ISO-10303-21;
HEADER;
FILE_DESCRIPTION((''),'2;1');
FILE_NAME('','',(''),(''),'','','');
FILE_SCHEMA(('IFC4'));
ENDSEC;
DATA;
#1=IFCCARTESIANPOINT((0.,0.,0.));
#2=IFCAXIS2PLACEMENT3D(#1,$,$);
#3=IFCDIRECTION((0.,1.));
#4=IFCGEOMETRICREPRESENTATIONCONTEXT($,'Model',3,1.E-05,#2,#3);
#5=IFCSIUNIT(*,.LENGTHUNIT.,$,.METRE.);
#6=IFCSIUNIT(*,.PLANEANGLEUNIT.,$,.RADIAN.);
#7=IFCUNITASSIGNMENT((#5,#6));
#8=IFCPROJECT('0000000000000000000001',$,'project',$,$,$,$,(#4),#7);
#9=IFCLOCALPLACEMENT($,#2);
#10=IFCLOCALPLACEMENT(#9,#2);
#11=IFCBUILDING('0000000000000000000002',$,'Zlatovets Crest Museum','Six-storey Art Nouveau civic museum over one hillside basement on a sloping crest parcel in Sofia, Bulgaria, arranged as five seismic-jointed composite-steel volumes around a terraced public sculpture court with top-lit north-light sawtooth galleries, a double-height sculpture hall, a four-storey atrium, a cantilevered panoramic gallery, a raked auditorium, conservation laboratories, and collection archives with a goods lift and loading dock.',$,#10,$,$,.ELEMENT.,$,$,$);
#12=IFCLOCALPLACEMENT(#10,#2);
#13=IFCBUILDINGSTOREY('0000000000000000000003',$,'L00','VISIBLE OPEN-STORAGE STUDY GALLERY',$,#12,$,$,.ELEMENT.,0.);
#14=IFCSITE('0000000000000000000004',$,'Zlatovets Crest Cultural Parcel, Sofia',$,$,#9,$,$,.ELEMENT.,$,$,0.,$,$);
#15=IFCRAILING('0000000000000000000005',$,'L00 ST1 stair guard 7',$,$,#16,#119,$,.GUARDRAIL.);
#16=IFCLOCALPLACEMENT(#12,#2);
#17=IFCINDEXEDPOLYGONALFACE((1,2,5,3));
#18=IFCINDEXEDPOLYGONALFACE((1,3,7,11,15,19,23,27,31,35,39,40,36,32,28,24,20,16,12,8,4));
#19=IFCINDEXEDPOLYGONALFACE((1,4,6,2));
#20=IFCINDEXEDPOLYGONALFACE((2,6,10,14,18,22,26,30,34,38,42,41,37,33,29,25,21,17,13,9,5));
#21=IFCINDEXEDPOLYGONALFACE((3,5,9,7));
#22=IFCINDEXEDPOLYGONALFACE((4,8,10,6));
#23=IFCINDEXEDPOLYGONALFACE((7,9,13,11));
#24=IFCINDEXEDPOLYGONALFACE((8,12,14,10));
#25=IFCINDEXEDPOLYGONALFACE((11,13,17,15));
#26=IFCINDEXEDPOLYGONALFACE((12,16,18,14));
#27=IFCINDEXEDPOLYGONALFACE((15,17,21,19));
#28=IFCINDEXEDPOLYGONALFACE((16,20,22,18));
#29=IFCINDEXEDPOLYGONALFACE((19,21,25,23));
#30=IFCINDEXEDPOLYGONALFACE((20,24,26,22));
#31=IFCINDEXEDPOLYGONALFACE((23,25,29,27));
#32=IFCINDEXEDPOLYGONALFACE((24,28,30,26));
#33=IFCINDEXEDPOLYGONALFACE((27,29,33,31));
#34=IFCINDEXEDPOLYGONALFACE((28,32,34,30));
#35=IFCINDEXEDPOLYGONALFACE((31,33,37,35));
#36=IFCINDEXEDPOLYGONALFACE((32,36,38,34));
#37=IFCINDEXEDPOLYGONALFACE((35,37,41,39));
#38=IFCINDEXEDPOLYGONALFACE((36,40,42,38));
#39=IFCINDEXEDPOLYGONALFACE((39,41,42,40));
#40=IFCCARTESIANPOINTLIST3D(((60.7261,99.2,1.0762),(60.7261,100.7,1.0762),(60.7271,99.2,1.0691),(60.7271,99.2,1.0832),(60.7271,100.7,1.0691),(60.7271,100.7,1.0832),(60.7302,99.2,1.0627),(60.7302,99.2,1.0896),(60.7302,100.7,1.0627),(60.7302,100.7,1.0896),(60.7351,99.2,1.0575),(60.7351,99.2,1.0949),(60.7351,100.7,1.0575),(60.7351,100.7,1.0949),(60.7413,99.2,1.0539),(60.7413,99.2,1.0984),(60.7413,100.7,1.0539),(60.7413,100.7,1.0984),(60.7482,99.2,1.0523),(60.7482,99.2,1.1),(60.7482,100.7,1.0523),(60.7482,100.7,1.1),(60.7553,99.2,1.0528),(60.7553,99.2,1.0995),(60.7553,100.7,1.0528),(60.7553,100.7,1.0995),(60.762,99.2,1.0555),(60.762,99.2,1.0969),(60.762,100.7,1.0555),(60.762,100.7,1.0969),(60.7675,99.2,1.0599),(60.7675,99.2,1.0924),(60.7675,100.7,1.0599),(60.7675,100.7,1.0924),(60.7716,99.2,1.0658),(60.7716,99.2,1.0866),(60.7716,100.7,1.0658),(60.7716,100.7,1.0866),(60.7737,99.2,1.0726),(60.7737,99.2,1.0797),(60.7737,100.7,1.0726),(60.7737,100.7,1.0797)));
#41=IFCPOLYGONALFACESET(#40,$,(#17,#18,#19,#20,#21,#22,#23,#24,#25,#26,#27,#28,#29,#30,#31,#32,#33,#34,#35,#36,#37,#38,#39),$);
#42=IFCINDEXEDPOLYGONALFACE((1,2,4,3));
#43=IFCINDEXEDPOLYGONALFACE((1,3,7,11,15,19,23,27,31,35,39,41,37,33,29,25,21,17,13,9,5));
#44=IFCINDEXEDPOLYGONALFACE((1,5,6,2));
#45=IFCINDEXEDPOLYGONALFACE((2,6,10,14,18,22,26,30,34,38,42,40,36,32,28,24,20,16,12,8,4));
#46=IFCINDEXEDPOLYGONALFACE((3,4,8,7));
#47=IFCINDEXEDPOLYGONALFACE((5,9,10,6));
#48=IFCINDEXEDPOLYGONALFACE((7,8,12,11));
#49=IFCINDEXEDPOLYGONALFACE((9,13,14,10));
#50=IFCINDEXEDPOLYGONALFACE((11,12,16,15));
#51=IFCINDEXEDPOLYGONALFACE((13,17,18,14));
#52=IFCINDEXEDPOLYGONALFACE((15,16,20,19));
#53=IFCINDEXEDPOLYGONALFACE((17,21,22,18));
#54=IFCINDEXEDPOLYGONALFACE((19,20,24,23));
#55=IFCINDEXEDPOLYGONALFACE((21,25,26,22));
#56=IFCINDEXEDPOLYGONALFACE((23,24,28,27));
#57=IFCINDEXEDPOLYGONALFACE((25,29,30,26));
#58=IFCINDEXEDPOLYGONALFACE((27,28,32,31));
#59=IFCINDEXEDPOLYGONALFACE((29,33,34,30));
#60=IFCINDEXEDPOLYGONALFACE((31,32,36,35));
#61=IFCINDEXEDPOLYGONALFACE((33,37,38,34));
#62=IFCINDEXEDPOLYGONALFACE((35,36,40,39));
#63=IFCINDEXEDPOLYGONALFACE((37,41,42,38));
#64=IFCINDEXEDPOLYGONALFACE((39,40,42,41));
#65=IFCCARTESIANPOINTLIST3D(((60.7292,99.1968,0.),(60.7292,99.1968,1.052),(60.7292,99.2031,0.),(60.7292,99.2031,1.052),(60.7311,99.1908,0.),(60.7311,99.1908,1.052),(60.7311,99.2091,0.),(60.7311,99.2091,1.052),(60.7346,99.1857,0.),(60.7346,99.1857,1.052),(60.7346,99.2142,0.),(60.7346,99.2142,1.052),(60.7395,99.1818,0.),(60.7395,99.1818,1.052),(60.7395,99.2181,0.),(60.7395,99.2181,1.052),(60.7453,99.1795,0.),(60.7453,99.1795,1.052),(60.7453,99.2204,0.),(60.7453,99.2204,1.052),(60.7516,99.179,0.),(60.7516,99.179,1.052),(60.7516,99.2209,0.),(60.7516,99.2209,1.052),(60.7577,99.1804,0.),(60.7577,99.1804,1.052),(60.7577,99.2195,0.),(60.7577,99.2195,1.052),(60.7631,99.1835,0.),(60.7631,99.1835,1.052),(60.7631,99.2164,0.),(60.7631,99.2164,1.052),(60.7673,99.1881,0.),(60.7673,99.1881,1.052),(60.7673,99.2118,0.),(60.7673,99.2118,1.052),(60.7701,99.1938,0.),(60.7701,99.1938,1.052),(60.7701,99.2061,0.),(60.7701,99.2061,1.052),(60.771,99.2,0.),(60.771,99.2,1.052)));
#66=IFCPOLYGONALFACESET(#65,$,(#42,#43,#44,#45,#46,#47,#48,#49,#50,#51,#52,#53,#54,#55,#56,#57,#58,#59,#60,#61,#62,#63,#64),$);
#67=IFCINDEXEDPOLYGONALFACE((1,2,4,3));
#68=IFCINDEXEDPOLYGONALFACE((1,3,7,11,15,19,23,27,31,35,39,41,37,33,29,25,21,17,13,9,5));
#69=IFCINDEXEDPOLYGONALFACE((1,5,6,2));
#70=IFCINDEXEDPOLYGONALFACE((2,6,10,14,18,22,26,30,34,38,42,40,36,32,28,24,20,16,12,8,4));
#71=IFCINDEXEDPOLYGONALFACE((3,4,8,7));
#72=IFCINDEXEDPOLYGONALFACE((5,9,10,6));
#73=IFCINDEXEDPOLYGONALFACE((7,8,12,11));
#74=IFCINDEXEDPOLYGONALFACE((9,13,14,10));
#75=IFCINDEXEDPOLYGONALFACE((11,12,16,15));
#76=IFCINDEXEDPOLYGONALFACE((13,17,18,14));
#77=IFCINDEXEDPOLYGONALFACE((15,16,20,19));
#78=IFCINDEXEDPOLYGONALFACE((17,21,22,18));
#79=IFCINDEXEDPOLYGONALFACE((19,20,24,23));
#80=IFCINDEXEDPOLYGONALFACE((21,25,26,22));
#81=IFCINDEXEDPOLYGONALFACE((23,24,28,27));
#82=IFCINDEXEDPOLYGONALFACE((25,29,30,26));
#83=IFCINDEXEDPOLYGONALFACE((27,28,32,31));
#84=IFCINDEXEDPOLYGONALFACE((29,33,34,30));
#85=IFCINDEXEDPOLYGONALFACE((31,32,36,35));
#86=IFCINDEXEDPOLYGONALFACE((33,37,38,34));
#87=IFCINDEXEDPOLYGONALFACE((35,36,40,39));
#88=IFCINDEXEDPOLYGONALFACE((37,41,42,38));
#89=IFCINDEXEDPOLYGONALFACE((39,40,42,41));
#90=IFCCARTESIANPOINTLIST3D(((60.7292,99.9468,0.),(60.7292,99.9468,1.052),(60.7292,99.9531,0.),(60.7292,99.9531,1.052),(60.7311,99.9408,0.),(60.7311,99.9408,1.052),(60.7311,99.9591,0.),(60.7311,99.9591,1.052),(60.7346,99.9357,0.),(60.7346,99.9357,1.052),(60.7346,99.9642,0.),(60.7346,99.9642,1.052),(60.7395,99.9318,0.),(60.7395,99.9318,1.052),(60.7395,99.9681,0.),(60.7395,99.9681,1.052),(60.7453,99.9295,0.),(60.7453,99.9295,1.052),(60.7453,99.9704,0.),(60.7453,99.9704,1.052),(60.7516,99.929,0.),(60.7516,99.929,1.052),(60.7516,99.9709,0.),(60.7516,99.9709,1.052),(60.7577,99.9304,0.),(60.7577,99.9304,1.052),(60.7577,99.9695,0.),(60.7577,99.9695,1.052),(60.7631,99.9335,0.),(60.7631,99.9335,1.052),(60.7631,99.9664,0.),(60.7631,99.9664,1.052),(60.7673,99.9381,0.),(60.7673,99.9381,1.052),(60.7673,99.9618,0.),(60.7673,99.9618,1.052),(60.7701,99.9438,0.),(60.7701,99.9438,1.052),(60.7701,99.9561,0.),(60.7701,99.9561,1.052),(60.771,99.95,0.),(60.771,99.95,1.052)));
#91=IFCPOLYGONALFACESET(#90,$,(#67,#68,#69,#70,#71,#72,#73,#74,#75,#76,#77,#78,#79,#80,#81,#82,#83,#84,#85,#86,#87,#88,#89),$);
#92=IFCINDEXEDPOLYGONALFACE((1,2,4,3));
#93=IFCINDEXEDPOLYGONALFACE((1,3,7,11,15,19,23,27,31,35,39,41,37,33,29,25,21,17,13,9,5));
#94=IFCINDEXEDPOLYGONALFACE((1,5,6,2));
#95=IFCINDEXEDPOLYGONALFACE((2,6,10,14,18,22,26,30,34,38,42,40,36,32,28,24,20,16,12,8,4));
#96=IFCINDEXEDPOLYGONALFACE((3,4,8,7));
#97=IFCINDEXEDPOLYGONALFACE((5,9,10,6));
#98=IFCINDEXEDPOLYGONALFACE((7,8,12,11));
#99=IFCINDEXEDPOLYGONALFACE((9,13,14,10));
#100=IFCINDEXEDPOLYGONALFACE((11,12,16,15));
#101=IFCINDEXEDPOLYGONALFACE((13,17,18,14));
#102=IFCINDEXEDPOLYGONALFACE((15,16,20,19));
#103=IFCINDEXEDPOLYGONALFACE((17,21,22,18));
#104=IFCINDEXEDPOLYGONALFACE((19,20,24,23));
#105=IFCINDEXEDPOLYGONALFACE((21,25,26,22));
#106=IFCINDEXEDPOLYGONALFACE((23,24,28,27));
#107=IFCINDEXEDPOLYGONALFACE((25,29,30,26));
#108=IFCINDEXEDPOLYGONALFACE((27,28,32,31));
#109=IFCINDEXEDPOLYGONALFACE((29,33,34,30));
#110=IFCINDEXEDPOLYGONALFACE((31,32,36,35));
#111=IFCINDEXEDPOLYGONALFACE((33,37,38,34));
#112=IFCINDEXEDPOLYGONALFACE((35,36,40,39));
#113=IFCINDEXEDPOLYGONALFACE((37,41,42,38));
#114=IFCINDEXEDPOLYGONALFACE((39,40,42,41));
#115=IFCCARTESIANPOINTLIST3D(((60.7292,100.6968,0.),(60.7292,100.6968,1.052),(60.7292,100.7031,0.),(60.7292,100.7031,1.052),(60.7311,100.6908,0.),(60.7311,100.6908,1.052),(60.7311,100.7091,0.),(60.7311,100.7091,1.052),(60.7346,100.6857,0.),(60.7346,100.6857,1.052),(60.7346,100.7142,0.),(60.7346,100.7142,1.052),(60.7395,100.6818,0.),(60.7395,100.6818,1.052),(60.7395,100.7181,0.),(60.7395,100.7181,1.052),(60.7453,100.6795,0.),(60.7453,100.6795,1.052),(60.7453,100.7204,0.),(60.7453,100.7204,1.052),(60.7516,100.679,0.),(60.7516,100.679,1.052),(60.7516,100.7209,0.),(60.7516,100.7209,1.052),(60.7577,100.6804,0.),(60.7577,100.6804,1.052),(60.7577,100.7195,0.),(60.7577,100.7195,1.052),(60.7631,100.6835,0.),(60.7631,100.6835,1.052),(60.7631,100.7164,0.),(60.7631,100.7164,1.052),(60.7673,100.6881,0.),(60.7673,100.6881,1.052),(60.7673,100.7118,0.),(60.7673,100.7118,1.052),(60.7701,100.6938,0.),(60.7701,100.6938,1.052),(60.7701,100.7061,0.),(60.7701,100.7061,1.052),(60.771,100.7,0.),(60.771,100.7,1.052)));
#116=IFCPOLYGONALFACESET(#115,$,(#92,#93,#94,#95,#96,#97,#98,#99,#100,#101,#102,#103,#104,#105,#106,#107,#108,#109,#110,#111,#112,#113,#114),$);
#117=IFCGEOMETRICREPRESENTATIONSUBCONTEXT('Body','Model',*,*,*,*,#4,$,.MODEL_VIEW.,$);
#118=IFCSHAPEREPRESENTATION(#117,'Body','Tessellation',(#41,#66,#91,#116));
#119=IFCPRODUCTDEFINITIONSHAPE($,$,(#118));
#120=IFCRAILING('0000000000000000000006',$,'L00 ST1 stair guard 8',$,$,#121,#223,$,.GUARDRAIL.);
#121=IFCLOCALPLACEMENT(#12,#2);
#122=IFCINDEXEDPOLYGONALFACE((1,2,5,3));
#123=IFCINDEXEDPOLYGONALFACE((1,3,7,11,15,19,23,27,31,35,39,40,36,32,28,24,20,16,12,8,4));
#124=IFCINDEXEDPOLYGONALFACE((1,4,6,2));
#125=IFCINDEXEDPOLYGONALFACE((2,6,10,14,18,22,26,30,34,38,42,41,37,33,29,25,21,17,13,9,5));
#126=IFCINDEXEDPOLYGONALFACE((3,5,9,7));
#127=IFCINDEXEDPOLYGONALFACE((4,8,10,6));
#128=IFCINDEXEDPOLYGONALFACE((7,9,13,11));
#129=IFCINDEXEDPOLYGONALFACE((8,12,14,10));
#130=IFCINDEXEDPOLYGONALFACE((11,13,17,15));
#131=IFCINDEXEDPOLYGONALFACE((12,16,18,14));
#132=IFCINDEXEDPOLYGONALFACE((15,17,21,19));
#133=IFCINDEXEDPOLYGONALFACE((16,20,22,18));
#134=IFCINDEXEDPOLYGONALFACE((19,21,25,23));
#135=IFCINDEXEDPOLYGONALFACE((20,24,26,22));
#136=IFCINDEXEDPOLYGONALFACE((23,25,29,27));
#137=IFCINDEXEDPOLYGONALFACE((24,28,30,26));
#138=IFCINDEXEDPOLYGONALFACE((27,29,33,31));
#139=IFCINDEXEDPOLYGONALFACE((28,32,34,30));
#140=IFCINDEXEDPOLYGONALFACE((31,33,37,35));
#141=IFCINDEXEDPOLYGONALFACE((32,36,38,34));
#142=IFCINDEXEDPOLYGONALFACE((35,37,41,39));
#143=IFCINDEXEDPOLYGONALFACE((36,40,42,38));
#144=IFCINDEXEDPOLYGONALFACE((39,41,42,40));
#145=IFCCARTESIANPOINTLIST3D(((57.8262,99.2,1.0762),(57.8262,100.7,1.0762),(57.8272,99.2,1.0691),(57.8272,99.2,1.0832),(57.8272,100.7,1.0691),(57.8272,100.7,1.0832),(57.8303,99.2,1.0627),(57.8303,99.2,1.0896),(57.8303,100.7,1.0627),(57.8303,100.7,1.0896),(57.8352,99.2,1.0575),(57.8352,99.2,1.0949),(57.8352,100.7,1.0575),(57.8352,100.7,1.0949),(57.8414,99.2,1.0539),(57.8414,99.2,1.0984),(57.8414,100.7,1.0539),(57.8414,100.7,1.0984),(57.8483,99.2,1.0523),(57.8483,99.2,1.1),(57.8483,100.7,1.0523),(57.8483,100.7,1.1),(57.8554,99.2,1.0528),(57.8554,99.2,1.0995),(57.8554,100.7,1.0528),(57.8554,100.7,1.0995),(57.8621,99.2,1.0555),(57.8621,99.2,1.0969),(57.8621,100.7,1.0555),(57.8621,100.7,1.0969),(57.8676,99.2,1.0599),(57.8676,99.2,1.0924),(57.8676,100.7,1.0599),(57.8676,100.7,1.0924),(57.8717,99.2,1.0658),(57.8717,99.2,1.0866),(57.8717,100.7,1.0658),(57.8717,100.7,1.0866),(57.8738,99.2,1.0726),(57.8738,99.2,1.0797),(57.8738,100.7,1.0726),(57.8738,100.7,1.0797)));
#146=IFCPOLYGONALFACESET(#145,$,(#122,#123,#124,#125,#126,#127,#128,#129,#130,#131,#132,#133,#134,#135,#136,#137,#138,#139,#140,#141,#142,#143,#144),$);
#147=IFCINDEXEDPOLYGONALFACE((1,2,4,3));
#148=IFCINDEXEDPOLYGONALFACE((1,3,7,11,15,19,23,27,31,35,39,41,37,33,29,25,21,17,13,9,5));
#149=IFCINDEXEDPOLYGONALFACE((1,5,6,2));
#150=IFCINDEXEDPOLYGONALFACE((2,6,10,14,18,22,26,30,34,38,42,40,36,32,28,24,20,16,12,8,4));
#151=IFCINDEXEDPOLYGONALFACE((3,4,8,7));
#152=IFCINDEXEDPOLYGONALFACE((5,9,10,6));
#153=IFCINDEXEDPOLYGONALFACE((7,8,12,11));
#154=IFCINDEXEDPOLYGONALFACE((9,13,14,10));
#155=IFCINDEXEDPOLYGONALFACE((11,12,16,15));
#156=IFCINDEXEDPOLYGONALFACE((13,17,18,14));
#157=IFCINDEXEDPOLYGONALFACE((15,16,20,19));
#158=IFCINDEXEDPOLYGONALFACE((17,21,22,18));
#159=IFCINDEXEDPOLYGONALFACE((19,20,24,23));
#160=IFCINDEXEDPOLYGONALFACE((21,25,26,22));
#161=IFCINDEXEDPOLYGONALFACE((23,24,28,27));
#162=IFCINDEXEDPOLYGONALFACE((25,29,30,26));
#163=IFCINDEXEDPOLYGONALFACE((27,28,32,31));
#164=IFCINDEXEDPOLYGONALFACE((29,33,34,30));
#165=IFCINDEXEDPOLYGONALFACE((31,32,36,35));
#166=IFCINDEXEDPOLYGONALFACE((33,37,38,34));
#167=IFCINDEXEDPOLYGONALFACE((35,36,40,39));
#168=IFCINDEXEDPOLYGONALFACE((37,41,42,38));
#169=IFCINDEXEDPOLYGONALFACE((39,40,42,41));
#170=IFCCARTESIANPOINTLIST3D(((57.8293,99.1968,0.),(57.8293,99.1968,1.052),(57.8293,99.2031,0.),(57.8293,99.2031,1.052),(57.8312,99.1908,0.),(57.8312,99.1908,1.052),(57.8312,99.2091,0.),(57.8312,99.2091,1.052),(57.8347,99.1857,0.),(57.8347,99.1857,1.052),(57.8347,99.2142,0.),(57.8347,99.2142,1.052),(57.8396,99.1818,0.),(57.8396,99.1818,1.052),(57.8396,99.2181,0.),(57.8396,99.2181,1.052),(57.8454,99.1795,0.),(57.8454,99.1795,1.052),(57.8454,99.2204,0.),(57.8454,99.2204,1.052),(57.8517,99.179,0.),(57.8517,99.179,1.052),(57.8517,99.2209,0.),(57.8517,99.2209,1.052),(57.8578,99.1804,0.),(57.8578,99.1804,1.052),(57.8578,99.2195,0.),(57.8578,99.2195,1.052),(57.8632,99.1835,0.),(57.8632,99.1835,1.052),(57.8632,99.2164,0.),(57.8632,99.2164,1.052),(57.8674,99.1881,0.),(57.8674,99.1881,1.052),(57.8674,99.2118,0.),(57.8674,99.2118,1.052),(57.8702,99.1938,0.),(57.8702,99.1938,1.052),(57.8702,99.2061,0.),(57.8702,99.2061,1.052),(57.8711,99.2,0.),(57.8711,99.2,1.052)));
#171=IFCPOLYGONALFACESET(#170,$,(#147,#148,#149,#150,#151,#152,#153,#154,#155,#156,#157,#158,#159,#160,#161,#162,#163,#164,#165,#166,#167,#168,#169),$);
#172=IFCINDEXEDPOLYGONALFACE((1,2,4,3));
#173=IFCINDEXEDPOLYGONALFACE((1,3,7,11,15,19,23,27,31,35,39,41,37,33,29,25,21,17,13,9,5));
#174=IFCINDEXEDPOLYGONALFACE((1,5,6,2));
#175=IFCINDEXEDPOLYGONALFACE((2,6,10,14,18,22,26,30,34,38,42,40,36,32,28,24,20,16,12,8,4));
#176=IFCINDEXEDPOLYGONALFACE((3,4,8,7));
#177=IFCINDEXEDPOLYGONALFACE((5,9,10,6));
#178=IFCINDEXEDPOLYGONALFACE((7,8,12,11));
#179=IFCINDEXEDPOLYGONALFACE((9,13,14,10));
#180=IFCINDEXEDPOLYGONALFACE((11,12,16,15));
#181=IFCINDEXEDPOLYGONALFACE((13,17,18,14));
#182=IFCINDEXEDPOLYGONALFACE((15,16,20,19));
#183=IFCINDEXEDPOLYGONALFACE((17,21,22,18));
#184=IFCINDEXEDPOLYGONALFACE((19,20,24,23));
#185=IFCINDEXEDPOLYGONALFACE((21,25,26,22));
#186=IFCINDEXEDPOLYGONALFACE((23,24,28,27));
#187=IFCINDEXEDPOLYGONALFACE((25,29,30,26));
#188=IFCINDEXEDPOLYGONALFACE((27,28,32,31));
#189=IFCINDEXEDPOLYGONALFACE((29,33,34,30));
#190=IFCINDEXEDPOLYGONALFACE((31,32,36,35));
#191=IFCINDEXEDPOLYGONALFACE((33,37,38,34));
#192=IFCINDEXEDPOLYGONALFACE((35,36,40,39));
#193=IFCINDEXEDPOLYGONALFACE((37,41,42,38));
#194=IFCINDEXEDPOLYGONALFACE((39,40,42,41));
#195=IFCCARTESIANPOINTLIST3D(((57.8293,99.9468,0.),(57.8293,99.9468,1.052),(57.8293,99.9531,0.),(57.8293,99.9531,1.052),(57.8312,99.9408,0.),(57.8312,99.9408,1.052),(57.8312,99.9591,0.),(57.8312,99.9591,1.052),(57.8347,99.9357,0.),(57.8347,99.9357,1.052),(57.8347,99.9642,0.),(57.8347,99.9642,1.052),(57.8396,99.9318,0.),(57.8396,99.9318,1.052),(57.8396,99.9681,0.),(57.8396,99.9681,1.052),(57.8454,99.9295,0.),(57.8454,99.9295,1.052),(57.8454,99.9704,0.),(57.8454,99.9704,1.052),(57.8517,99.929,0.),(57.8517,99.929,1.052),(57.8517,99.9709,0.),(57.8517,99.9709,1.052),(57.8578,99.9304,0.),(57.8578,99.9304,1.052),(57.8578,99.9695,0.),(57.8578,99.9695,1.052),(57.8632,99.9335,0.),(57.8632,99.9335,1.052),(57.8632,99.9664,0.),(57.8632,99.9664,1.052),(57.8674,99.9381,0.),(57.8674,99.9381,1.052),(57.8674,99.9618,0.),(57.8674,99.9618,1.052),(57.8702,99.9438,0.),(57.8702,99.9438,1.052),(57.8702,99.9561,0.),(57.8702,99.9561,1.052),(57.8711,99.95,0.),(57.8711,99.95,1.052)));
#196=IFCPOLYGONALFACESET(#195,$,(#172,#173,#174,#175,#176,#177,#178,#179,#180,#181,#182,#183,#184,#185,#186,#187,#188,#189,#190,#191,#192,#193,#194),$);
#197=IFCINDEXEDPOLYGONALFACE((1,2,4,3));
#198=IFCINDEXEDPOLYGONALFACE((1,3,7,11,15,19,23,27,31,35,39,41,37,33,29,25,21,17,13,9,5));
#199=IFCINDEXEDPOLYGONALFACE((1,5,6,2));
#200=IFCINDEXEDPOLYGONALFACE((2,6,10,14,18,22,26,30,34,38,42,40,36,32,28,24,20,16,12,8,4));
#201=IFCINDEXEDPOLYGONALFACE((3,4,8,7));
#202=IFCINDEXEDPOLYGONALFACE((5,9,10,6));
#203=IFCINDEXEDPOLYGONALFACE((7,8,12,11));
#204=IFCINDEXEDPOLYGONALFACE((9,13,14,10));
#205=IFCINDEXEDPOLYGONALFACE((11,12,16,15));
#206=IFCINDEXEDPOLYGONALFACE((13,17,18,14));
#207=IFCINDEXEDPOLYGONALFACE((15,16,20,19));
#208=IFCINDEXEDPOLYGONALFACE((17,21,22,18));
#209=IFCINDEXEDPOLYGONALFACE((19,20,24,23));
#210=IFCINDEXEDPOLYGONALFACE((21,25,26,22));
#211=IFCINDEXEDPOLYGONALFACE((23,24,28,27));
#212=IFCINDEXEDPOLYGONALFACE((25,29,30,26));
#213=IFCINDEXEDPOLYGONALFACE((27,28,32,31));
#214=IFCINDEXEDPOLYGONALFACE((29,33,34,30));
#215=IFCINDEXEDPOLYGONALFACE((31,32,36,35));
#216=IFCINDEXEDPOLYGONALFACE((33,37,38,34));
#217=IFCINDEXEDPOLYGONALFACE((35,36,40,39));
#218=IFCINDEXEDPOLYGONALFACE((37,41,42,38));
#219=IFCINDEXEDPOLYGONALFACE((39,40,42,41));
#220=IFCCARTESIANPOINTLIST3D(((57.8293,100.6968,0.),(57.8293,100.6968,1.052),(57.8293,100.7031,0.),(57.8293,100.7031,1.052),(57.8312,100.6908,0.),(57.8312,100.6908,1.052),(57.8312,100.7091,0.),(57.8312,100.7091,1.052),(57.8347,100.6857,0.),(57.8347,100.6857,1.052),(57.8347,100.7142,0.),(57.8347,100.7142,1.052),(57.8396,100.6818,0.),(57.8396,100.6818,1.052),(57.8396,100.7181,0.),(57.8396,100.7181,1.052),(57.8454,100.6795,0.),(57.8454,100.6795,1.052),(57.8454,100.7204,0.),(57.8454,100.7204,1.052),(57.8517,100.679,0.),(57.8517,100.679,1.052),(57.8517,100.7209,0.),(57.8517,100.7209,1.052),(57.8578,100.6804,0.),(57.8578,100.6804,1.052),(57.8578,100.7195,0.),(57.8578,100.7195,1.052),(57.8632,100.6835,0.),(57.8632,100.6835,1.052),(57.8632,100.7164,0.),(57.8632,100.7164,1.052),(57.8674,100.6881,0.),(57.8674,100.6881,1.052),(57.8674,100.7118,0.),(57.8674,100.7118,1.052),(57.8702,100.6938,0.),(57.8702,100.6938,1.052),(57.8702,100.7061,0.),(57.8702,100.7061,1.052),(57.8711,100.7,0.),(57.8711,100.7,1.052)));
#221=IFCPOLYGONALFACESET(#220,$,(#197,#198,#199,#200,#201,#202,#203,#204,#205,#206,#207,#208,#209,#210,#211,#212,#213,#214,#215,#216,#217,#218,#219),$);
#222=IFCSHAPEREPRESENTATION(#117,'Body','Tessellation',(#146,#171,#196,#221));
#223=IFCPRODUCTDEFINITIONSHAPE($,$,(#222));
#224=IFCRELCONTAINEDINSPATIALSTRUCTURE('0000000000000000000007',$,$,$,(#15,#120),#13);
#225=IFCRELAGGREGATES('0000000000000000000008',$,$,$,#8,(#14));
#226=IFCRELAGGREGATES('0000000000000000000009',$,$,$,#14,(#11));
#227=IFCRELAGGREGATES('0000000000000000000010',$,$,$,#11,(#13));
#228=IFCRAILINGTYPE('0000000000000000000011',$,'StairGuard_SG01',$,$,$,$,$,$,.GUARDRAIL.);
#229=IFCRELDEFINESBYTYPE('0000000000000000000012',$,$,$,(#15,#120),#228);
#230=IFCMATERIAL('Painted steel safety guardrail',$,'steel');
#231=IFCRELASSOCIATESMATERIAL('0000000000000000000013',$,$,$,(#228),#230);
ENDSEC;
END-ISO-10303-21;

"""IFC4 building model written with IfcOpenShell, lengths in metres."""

from ifc_helpers import new_model, si_unit, direction, frame, origin, origin_2d, place, context, subcontext, project, spatial, circle, extrude, material, type_object, element, save


model = new_model("IFC4")

# Units and contexts
model_context = context("Model", 3, precision=1e-05, world=origin(), true_north=direction((0.0, 1.0)))
body_context = subcontext(model_context, "Body", "Model", "MODEL_VIEW")
ifc_project = project(units=[si_unit("LENGTHUNIT", "METRE"), si_unit("PLANEANGLEUNIT", "RADIAN")], contexts=[model_context])

# Site, building, storey
site_placement = place(None, origin())
site = spatial("IfcSite", under=ifc_project, at=site_placement, Name="Zlatovets Crest Cultural Parcel, Sofia", CompositionType="ELEMENT", RefElevation=0.0)
building_placement = place(site_placement, origin())
building = spatial("IfcBuilding", under=site, at=building_placement, Name="Zlatovets Crest Museum", Description="Six-storey Art Nouveau civic museum over one hillside basement on a sloping crest parcel in Sofia, Bulgaria, arranged as five seismic-jointed composite-steel volumes around a terraced public sculpture court with top-lit north-light sawtooth galleries, a double-height sculpture hall, a four-storey atrium, a cantilevered panoramic gallery, a raked auditorium, conservation laboratories, and collection archives with a goods lift and loading dock.", CompositionType="ELEMENT")
storey_placement = place(building_placement, origin())
storey = spatial("IfcBuildingStorey", under=building, at=storey_placement, Name="L00", Description="VISIBLE OPEN-STORAGE STUDY GALLERY", CompositionType="ELEMENT", Elevation=0.0)

# Railings
ifc_material_1 = material(Name="Painted steel safety guardrail", Category="steel")
railing_type = type_object("IfcRailingType", Name="StairGuard_SG01", PredefinedType="GUARDRAIL", material=ifc_material_1)
for number, where, name in (
    (1, (60.75, 99.2, 0.0), "L00 ST1 stair guard 7"),
    (2, (57.8501, 99.2, 0.0), "L00 ST1 stair guard 8"),
):
    element("IfcRailing", number, at=place(storey_placement, frame(where)), inside=storey, type_object=railing_type, Name=name, PredefinedType="GUARDRAIL", context=body_context, shape_type="SweptSolid", body=[
        extrude(circle(Radius=0.0239, at=origin_2d()), frame((0.0, 0.0, 1.0762), z_axis=(0.0, 1.0, 0.0), x_axis=(-1.0, 0.0, 0.0)), (0.0, 0.0, 1.0), 1.5),
        extrude(circle(Radius=0.021, at=origin_2d()), origin(), (0.0, 0.0, 1.0), 1.052),
        extrude(circle(Radius=0.021, at=origin_2d()), frame((0.0, 0.75, 0.0)), (0.0, 0.0, 1.0), 1.052),
        extrude(circle(Radius=0.021, at=origin_2d()), frame((0.0, 1.5, 0.0)), (0.0, 0.0, 1.0), 1.052),
    ])

save(model, "model.ifc")
